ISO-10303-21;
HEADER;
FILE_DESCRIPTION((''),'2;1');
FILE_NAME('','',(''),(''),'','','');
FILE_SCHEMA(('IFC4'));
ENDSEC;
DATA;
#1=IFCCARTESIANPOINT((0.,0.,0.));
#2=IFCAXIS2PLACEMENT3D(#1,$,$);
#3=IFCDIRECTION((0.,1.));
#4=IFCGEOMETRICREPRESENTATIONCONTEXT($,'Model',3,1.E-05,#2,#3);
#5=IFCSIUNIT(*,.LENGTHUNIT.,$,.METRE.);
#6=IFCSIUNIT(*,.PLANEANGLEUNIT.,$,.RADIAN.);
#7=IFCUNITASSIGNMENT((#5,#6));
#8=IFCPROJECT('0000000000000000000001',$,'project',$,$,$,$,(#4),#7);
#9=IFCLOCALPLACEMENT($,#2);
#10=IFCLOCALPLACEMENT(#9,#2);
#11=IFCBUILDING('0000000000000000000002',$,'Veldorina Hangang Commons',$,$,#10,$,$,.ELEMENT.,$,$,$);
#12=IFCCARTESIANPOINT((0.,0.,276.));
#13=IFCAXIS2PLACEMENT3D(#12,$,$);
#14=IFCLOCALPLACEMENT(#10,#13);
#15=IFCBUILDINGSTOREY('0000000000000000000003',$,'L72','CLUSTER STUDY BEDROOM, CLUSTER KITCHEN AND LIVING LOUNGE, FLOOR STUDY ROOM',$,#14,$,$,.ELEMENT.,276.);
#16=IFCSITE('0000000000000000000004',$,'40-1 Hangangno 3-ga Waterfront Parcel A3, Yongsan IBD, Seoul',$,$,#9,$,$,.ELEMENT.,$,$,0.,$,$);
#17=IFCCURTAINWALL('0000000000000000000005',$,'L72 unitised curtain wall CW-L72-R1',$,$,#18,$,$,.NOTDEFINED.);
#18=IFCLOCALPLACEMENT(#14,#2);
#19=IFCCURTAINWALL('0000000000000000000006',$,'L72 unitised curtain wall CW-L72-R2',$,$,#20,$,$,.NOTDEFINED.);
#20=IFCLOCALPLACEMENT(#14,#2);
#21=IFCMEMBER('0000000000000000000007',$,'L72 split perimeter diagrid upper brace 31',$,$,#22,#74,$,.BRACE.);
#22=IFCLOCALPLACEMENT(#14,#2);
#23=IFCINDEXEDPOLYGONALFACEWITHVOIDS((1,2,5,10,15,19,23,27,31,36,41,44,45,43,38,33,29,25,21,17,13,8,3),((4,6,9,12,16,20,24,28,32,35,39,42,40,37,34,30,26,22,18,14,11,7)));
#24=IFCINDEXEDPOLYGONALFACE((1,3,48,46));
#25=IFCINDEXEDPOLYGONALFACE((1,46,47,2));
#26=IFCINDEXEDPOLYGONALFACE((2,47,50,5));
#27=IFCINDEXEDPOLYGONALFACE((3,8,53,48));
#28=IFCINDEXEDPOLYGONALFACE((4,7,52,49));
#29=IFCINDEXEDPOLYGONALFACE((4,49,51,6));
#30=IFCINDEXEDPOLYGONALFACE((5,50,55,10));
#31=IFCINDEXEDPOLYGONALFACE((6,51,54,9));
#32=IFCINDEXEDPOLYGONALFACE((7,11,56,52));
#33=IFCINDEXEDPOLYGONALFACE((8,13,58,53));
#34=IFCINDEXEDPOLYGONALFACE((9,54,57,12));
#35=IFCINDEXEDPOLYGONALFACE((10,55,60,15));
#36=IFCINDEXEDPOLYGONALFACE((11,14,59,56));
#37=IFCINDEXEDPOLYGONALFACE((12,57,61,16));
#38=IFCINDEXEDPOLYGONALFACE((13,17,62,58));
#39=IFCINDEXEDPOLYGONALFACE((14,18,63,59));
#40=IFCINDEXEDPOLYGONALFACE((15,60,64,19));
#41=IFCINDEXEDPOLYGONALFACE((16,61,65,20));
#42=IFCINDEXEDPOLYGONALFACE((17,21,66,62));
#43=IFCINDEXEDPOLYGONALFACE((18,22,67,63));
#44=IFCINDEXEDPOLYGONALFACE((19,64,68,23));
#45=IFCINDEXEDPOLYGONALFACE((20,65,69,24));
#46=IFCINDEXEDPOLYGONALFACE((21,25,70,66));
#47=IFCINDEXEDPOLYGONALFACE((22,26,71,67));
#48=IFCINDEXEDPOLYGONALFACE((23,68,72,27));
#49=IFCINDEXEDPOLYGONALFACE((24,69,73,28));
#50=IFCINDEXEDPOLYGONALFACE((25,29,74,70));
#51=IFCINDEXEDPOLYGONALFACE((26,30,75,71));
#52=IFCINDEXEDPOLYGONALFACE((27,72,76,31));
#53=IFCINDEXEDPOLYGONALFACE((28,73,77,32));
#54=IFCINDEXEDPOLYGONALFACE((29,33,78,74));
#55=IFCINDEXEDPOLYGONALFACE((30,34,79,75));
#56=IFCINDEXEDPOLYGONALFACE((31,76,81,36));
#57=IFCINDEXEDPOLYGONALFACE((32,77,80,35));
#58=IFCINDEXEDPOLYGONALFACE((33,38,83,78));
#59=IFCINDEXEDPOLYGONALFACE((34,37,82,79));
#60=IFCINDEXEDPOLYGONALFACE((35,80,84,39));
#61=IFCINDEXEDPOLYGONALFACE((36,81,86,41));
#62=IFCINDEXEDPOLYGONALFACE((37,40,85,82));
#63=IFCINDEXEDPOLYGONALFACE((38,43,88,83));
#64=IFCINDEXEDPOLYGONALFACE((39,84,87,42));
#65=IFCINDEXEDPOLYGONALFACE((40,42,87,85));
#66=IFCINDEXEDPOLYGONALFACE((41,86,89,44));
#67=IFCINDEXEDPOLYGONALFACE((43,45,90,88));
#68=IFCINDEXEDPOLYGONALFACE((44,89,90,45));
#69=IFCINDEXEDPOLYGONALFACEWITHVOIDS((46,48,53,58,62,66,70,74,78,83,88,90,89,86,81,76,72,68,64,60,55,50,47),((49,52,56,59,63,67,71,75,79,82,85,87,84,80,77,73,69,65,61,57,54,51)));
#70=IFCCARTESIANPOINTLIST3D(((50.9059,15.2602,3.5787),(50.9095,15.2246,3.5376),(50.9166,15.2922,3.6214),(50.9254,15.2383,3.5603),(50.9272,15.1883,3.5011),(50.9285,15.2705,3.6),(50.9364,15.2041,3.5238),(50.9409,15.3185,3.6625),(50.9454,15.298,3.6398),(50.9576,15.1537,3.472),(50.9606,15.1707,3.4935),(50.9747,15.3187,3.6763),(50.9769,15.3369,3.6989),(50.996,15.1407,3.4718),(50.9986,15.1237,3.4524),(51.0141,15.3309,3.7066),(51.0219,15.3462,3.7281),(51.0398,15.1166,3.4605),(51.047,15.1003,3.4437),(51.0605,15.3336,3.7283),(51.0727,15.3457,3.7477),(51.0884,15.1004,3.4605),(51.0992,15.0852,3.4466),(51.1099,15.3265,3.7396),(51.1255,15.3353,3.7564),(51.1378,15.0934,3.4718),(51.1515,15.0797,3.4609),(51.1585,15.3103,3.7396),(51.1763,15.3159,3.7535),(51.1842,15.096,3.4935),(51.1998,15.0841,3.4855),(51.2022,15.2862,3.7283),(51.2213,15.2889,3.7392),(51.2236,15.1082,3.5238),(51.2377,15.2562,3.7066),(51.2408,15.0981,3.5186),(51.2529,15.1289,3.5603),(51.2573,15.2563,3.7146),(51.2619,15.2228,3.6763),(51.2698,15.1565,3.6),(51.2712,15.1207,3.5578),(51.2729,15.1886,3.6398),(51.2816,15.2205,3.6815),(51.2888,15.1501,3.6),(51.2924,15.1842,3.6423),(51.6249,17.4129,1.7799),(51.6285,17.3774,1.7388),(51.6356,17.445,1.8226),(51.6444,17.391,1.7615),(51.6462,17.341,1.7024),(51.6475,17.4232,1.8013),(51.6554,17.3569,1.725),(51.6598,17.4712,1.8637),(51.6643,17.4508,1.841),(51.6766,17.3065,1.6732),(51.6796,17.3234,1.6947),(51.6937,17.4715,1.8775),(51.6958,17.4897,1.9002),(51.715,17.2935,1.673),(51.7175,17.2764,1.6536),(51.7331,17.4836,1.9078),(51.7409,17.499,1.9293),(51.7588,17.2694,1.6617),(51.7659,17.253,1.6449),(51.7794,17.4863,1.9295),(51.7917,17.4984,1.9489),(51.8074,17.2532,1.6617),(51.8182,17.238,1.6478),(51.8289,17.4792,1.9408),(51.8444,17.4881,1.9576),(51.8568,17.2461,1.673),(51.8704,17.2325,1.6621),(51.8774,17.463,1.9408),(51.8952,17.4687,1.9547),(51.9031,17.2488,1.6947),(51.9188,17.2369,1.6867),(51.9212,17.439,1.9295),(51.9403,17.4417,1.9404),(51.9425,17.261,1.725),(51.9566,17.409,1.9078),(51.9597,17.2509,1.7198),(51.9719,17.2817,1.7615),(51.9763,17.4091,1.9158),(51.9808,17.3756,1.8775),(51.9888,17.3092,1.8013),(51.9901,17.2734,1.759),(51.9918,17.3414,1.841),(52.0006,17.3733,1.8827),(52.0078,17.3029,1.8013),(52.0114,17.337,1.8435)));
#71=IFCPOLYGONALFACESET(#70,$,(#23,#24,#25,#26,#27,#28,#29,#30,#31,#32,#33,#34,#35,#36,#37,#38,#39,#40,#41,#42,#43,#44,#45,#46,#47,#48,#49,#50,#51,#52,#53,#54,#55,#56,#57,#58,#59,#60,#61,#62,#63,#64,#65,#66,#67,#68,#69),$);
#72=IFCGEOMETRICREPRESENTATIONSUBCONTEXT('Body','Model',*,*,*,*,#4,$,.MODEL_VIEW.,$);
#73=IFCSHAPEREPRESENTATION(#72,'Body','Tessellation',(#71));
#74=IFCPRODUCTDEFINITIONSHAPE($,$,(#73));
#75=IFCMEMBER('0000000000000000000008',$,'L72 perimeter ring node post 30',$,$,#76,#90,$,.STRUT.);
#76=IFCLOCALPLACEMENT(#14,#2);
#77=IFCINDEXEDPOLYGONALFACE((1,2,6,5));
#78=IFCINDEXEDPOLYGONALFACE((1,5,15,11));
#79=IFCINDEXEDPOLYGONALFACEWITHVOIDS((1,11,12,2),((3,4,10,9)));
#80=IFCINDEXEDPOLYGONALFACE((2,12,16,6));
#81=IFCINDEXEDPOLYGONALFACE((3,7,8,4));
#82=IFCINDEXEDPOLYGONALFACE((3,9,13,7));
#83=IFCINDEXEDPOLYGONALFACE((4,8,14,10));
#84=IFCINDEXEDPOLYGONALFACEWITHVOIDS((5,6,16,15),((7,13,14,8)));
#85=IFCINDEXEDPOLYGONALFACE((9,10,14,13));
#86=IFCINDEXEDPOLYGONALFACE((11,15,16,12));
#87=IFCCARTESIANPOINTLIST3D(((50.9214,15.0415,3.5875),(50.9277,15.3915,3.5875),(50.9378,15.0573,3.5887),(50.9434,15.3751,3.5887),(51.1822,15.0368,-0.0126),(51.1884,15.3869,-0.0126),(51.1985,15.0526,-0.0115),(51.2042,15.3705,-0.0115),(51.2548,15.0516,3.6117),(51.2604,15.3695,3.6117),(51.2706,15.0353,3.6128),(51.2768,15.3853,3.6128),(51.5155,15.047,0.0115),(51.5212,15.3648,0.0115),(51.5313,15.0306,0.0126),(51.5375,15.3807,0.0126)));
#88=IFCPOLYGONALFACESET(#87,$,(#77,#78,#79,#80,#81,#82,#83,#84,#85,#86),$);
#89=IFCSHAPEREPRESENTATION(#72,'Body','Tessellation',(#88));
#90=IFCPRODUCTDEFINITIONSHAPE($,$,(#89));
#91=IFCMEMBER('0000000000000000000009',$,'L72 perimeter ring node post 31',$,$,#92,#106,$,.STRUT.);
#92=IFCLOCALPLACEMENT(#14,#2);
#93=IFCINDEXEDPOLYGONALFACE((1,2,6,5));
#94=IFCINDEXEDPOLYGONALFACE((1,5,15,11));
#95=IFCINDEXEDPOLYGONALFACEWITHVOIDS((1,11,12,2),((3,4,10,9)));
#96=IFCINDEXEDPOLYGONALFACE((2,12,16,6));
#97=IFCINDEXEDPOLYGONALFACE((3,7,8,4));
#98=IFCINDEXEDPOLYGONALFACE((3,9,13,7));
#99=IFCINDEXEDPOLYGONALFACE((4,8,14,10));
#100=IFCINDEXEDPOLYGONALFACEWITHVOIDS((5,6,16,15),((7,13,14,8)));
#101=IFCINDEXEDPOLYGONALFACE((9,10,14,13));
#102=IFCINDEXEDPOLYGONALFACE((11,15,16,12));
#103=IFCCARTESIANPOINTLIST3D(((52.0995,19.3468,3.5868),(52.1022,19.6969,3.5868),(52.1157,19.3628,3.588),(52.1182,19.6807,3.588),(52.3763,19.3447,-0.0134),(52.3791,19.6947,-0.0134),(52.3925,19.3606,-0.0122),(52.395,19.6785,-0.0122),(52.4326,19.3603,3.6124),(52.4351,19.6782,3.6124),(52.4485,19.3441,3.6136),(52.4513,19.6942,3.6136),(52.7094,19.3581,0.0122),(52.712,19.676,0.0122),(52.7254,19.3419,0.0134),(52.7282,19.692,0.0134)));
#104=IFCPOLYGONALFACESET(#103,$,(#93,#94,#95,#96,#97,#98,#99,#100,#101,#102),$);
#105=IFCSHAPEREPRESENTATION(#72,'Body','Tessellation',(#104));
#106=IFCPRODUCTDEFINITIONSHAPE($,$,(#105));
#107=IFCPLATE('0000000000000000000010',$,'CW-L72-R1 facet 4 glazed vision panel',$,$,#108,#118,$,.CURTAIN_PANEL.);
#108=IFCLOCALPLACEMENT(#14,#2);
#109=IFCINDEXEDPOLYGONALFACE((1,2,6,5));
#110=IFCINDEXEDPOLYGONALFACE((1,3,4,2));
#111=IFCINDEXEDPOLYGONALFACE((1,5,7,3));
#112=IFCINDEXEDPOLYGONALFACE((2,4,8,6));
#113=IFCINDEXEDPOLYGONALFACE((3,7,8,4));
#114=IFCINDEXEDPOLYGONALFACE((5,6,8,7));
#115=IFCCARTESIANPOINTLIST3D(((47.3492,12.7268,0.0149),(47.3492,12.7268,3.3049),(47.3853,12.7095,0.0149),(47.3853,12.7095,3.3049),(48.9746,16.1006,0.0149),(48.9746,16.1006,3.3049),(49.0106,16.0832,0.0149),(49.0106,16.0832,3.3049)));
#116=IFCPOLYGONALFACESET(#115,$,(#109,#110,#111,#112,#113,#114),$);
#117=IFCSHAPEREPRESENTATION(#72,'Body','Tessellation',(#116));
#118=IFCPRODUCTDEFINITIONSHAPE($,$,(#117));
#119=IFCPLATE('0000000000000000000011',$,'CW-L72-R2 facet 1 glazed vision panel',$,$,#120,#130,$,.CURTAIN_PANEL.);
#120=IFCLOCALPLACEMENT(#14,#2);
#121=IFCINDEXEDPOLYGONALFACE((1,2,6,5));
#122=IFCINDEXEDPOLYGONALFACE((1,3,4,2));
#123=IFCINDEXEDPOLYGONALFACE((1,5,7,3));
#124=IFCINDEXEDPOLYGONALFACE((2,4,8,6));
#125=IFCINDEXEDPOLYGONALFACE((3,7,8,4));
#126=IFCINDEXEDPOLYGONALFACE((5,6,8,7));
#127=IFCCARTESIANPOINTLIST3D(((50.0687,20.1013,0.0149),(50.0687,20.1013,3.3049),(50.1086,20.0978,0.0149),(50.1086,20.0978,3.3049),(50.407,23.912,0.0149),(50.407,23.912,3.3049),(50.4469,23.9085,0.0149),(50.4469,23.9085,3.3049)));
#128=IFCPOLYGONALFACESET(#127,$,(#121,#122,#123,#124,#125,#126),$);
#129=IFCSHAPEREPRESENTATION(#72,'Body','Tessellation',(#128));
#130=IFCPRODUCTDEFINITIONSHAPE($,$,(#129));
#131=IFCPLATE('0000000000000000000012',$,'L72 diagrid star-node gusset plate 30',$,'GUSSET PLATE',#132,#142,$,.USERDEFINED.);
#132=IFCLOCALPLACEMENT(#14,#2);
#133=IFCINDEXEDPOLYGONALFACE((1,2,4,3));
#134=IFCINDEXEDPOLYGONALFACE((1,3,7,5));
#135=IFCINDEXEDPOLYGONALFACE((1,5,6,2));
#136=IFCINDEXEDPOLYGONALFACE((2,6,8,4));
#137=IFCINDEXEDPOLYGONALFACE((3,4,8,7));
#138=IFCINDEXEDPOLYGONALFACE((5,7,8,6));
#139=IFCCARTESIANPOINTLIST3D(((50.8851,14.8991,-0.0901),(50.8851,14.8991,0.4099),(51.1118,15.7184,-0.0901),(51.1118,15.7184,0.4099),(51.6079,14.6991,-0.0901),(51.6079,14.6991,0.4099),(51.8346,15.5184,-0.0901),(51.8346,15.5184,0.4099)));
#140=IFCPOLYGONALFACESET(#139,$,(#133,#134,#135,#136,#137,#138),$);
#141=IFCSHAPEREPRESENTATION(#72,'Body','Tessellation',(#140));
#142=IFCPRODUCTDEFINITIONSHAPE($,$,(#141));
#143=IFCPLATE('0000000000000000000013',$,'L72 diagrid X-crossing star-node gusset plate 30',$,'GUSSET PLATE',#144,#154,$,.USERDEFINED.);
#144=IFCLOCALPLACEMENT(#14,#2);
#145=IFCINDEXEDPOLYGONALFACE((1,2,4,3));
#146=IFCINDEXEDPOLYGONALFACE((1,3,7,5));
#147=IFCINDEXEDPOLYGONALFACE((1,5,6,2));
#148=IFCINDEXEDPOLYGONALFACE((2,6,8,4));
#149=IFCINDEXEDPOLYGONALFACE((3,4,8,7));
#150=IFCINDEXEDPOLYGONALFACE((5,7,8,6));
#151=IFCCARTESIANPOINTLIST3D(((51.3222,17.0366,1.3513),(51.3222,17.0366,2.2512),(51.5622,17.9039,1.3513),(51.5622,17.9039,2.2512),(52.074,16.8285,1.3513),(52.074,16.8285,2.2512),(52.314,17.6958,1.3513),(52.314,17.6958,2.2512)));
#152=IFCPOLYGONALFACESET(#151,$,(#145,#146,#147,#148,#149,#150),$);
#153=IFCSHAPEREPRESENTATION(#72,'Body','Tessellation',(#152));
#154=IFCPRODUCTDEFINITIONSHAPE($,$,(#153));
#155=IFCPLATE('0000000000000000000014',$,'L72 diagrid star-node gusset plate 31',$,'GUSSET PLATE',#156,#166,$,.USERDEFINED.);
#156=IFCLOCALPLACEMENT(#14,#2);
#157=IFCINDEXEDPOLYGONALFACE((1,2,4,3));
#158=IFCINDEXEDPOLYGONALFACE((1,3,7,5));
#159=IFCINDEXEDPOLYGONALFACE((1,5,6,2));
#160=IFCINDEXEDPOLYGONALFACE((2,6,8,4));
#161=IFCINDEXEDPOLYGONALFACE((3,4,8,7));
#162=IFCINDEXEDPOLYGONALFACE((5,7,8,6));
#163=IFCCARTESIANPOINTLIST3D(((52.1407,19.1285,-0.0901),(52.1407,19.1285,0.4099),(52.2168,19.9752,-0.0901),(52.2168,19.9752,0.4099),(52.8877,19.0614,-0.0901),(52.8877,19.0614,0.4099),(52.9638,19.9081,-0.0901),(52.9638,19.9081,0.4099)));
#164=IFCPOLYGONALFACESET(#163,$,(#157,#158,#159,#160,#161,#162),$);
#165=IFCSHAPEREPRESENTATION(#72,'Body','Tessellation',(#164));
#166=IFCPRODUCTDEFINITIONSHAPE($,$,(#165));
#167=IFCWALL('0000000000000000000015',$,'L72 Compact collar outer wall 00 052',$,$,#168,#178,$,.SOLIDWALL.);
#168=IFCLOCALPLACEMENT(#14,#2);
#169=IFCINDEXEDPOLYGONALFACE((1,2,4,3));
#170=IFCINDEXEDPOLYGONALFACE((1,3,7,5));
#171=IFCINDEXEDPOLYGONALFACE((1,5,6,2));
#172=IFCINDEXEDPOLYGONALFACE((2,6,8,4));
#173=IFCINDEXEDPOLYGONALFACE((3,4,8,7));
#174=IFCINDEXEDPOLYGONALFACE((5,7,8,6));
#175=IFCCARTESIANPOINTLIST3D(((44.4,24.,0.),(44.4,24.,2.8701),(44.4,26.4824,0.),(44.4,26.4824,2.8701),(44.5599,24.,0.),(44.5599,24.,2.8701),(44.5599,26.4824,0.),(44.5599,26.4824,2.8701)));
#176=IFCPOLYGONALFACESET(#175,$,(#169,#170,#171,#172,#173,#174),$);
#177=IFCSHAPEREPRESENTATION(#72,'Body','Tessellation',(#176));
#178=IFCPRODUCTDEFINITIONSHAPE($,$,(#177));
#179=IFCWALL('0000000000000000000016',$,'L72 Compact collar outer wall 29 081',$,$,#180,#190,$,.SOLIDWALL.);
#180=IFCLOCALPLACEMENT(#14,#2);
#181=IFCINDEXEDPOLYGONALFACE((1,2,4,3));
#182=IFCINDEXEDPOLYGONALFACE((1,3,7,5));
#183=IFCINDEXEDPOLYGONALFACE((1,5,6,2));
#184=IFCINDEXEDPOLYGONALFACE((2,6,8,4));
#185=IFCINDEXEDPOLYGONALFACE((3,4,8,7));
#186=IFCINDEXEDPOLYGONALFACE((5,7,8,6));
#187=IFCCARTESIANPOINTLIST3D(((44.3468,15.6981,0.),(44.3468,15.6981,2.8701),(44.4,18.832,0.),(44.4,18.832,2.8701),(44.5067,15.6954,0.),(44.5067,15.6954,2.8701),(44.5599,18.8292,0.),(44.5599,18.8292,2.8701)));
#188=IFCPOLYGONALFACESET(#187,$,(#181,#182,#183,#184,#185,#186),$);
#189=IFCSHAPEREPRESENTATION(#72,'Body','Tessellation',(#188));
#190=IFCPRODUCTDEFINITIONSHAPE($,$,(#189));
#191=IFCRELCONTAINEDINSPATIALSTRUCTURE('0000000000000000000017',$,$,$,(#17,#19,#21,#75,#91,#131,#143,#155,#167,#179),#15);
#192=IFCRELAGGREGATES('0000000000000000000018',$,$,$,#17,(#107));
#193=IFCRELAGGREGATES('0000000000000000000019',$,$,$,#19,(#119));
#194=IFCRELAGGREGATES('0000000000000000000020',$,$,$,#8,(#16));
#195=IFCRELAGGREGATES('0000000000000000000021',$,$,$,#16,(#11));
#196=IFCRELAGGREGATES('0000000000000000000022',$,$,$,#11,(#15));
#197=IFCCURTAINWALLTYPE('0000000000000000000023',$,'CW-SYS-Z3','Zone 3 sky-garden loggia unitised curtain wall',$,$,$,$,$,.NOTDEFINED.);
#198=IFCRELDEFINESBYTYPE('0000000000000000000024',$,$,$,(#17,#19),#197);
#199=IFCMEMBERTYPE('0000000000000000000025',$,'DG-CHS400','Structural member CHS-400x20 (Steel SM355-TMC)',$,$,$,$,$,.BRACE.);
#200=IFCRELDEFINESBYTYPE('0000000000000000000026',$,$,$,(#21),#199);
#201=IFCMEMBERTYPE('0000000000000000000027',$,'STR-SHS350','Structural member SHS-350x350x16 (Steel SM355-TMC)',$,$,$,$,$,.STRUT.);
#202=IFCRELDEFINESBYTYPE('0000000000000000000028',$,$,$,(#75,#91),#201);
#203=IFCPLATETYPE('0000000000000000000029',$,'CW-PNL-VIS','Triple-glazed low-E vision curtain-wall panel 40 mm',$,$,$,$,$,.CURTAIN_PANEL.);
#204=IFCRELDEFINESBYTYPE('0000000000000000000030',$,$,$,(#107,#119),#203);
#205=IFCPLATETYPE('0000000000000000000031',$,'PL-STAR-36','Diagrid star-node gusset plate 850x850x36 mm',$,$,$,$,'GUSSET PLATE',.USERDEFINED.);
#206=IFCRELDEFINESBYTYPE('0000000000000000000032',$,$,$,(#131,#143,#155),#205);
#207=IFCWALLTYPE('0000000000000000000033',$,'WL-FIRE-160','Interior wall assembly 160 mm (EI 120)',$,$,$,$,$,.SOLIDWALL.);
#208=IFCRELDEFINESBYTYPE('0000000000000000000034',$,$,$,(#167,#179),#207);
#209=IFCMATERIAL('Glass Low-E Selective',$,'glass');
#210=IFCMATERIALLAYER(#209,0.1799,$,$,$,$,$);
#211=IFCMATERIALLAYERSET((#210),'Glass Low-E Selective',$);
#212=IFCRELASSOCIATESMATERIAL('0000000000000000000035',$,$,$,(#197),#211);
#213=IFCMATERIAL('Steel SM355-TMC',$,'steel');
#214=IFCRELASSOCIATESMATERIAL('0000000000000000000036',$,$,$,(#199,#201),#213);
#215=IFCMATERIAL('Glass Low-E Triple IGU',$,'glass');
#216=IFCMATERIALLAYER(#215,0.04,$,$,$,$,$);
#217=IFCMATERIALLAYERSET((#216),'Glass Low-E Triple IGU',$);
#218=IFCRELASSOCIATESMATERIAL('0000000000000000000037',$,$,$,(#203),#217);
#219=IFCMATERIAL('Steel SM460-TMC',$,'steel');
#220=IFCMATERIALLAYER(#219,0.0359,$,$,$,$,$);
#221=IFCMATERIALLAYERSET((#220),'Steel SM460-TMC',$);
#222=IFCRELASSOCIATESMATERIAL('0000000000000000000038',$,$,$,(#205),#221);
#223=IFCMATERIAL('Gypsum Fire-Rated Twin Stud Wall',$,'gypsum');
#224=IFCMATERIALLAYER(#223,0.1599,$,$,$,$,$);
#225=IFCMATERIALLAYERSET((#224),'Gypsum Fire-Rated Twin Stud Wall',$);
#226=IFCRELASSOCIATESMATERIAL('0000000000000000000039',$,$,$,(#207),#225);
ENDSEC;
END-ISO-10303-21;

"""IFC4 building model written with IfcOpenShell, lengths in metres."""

from ifc_helpers import new_model, si_unit, direction, frame, frame_2d, origin, origin_2d, place, context, subcontext, project, spatial, rectangle, hollow_rectangle, hollow_circle, extrude, material, layer, layer_set, material_profile, profile_set, type_object, element, aggregate, save


model = new_model("IFC4")

# Units and contexts
model_context = context("Model", 3, precision=1e-05, world=origin(), true_north=direction((0.0, 1.0)))
body_context = subcontext(model_context, "Body", "Model", "MODEL_VIEW")
ifc_project = project(units=[si_unit("LENGTHUNIT", "METRE"), si_unit("PLANEANGLEUNIT", "RADIAN")], contexts=[model_context])

# Site, building, storey
site_placement = place(None, origin())
site = spatial("IfcSite", under=ifc_project, at=site_placement, Name="40-1 Hangangno 3-ga Waterfront Parcel A3, Yongsan IBD, Seoul", CompositionType="ELEMENT", RefElevation=0.0)
building_placement = place(site_placement, origin())
building = spatial("IfcBuilding", under=site, at=building_placement, Name="Veldorina Hangang Commons", CompositionType="ELEMENT")
storey_placement = place(building_placement, frame((0.0, 0.0, 276.0)))
storey = spatial("IfcBuildingStorey", under=building, at=storey_placement, Name="L72", Description="CLUSTER STUDY BEDROOM, CLUSTER KITCHEN AND LIVING LOUNGE, FLOOR STUDY ROOM", CompositionType="ELEMENT", Elevation=276.0)

# Shared definitions
ifc_material_1 = material(Name="Steel SM355-TMC", Category="steel")

# Curtain walls
ifc_material_2 = material(Name="Glass Low-E Selective", Category="glass")
ifc_layer_1 = layer(ifc_material_2, 0.1799)
ifc_layer_set_1 = layer_set([ifc_layer_1], Name="Glass Low-E Selective")
curtain_wall_type = type_object("IfcCurtainWallType", Name="CW-SYS-Z3", Description="Zone 3 sky-garden loggia unitised curtain wall", PredefinedType="NOTDEFINED", material=ifc_layer_set_1)
curtain_wall_1_placement = place(storey_placement, origin())
curtain_wall_1 = element("IfcCurtainWall", 1, at=curtain_wall_1_placement, inside=storey, type_object=curtain_wall_type, Name="L72 unitised curtain wall CW-L72-R1", PredefinedType="NOTDEFINED")
curtain_wall_2_placement = place(storey_placement, origin())
curtain_wall_2 = element("IfcCurtainWall", 2, at=curtain_wall_2_placement, inside=storey, type_object=curtain_wall_type, Name="L72 unitised curtain wall CW-L72-R2", PredefinedType="NOTDEFINED")

# Members
ifc_material_profile_1 = material_profile(ifc_material_1, hollow_circle(Radius=0.2, WallThickness=0.02, at=origin_2d()), Name="CHS-400x20")
ifc_profile_set_1 = profile_set([ifc_material_profile_1], Name="Steel SM355-TMC")
member_type_1 = type_object("IfcMemberType", Name="DG-CHS400", Description="Structural member CHS-400x20 (Steel SM355-TMC)", PredefinedType="BRACE", material=ifc_profile_set_1)
member_1_placement = place(storey_placement, frame((51.8181, 17.3662, 1.8013), z_axis=(-0.248263, -0.743354, 0.62112), x_axis=(0.9485, -0.316776, 0.0)))
element("IfcMember", 3, at=member_1_placement, inside=storey, type_object=member_type_1, Name="L72 split perimeter diagrid upper brace 31", PredefinedType="BRACE", context=body_context, shape_type="SweptSolid", body=[
    extrude(hollow_circle(Radius=0.2, WallThickness=0.02, at=origin_2d()), origin(), (0.0, 0.0, 1.0), 2.896),
])
ifc_material_profile_2 = material_profile(ifc_material_1, hollow_rectangle(XDim=0.3501, YDim=0.3501, WallThickness=0.0161, at=origin_2d()), Name="SHS-350x350x16")
ifc_profile_set_2 = profile_set([ifc_material_profile_2], Name="Steel SM355-TMC")
member_type_2 = type_object("IfcMemberType", Name="STR-SHS350", Description="Structural member SHS-350x350x16 (Steel SM355-TMC)", PredefinedType="STRUT", material=ifc_profile_set_2)
member_2_placement = place(storey_placement, frame((51.3599, 15.2087, 0.0), z_axis=(-0.072237, 0.001285, 0.997387), x_axis=(-0.017787, -0.999842, 0.0)))
element("IfcMember", 4, at=member_2_placement, inside=storey, type_object=member_type_2, Name="L72 perimeter ring node post 30", PredefinedType="STRUT", context=body_context, shape_type="SweptSolid", body=[
    extrude(hollow_rectangle(XDim=0.3501, YDim=0.3501, WallThickness=0.0161, at=origin_2d()), origin(), (0.0, 0.0, 1.0), 3.6096),
])
member_3_placement = place(storey_placement, frame((52.5522, 19.5183, 0.0), z_axis=(-0.076676, 0.000609, 0.997056), x_axis=(-0.007936, -0.999969, 0.0)))
element("IfcMember", 5, at=member_3_placement, inside=storey, type_object=member_type_2, Name="L72 perimeter ring node post 31", PredefinedType="STRUT", context=body_context, shape_type="SweptSolid", body=[
    extrude(hollow_rectangle(XDim=0.3501, YDim=0.3501, WallThickness=0.0161, at=origin_2d()), origin(), (0.0, 0.0, 1.0), 3.6108),
])

# Plates
ifc_material_3 = material(Name="Glass Low-E Triple IGU", Category="glass")
ifc_layer_2 = layer(ifc_material_3, 0.04)
ifc_layer_set_2 = layer_set([ifc_layer_2], Name="Glass Low-E Triple IGU")
plate_type_1 = type_object("IfcPlateType", Name="CW-PNL-VIS", Description="Triple-glazed low-E vision curtain-wall panel 40 mm", PredefinedType="CURTAIN_PANEL", material=ifc_layer_set_2)
plate_1_placement = place(storey_placement, frame((48.1799, 14.405, 0.0149), z_axis=(0.0, 0.0, 1.0), x_axis=(0.434021, 0.900903, 0.0)))
plate_1 = element("IfcPlate", 6, at=plate_1_placement, type_object=plate_type_1, Name="CW-L72-R1 facet 4 glazed vision panel", PredefinedType="CURTAIN_PANEL", context=body_context, shape_type="SweptSolid", body=[
    extrude(rectangle(XDim=3.7449, YDim=0.04, at=origin_2d()), origin(), (0.0, 0.0, 1.0), 3.29),
])
aggregate(curtain_wall_1, [plate_1])
plate_2_placement = place(storey_placement, frame((50.2578, 22.0049, 0.0149), z_axis=(0.0, 0.0, 1.0), x_axis=(0.088425, 0.996083, 0.0)))
plate_2 = element("IfcPlate", 7, at=plate_2_placement, type_object=plate_type_1, Name="CW-L72-R2 facet 1 glazed vision panel", PredefinedType="CURTAIN_PANEL", context=body_context, shape_type="SweptSolid", body=[
    extrude(rectangle(XDim=3.8257, YDim=0.04, at=origin_2d()), origin(), (0.0, 0.0, 1.0), 3.29),
])
aggregate(curtain_wall_2, [plate_2])

# Plates
ifc_material_4 = material(Name="Steel SM460-TMC", Category="steel")
ifc_layer_3 = layer(ifc_material_4, 0.0359)
ifc_layer_set_3 = layer_set([ifc_layer_3], Name="Steel SM460-TMC")
plate_type_2 = type_object("IfcPlateType", Name="PL-STAR-36", Description="Diagrid star-node gusset plate 850x850x36 mm", ElementType="GUSSET PLATE", PredefinedType="USERDEFINED", material=ifc_layer_set_3)
plate_3_placement = place(storey_placement, frame((51.3599, 15.2087, -0.0901), z_axis=(0.0, 0.0, 1.0), x_axis=(0.2667, 0.96378, 0.0)))
element("IfcPlate", 8, at=plate_3_placement, inside=storey, type_object=plate_type_2, Name="L72 diagrid star-node gusset plate 30", ObjectType="GUSSET PLATE", PredefinedType="USERDEFINED", context=body_context, shape_type="SweptSolid", body=[
    extrude(rectangle(XDim=0.8501, YDim=0.75, at=origin_2d()), origin(), (0.0, 0.0, 1.0), 0.5),
])
plate_4_placement = place(storey_placement, frame((51.8181, 17.3662, 1.3513), z_axis=(0.0, 0.0, 1.0), x_axis=(0.2667, 0.96378, 0.0)))
element("IfcPlate", 9, at=plate_4_placement, inside=storey, type_object=plate_type_2, Name="L72 diagrid X-crossing star-node gusset plate 30", ObjectType="GUSSET PLATE", PredefinedType="USERDEFINED", context=body_context, shape_type="SweptSolid", body=[
    extrude(rectangle(XDim=0.8999, YDim=0.78, at=origin_2d()), origin(), (0.0, 0.0, 1.0), 0.8999),
])
plate_5_placement = place(storey_placement, frame((52.5522, 19.5183, -0.0901), z_axis=(0.0, 0.0, 1.0), x_axis=(0.089468, 0.99599, 0.0)))
element("IfcPlate", 10, at=plate_5_placement, inside=storey, type_object=plate_type_2, Name="L72 diagrid star-node gusset plate 31", ObjectType="GUSSET PLATE", PredefinedType="USERDEFINED", context=body_context, shape_type="SweptSolid", body=[
    extrude(rectangle(XDim=0.8501, YDim=0.75, at=origin_2d()), origin(), (0.0, 0.0, 1.0), 0.5),
])

# Walls
ifc_material_5 = material(Name="Gypsum Fire-Rated Twin Stud Wall", Category="gypsum")
ifc_layer_4 = layer(ifc_material_5, 0.1599)
ifc_layer_set_4 = layer_set([ifc_layer_4], Name="Gypsum Fire-Rated Twin Stud Wall")
wall_type_1 = type_object("IfcWallType", Name="WL-FIRE-160", Description="Interior wall assembly 160 mm (EI 120)", PredefinedType="SOLIDWALL", material=ifc_layer_set_4)
wall_1_placement = place(storey_placement, frame((44.48, 24.0, 0.0), z_axis=(0.0, 0.0, 1.0), x_axis=(0.0, 1.0, 0.0)))
element("IfcWall", 11, at=wall_1_placement, inside=storey, type_object=wall_type_1, Name="L72 Compact collar outer wall 00 052", PredefinedType="SOLIDWALL", context=body_context, shape_type="SweptSolid", body=[
    extrude(rectangle(XDim=2.4824, YDim=0.1599, at=frame_2d((1.2412, 0.0))), origin(), (0.0, 0.0, 1.0), 2.8701),
])
wall_2_placement = place(storey_placement, frame((44.4268, 15.6968, 0.0), z_axis=(0.0, 0.0, 1.0), x_axis=(0.016981, 0.999856, 0.0)))
element("IfcWall", 12, at=wall_2_placement, inside=storey, type_object=wall_type_1, Name="L72 Compact collar outer wall 29 081", PredefinedType="SOLIDWALL", context=body_context, shape_type="SweptSolid", body=[
    extrude(rectangle(XDim=3.1343, YDim=0.1599, at=frame_2d((1.5671, 0.0))), origin(), (0.0, 0.0, 1.0), 2.8701),
])

save(model, "model.ifc")
